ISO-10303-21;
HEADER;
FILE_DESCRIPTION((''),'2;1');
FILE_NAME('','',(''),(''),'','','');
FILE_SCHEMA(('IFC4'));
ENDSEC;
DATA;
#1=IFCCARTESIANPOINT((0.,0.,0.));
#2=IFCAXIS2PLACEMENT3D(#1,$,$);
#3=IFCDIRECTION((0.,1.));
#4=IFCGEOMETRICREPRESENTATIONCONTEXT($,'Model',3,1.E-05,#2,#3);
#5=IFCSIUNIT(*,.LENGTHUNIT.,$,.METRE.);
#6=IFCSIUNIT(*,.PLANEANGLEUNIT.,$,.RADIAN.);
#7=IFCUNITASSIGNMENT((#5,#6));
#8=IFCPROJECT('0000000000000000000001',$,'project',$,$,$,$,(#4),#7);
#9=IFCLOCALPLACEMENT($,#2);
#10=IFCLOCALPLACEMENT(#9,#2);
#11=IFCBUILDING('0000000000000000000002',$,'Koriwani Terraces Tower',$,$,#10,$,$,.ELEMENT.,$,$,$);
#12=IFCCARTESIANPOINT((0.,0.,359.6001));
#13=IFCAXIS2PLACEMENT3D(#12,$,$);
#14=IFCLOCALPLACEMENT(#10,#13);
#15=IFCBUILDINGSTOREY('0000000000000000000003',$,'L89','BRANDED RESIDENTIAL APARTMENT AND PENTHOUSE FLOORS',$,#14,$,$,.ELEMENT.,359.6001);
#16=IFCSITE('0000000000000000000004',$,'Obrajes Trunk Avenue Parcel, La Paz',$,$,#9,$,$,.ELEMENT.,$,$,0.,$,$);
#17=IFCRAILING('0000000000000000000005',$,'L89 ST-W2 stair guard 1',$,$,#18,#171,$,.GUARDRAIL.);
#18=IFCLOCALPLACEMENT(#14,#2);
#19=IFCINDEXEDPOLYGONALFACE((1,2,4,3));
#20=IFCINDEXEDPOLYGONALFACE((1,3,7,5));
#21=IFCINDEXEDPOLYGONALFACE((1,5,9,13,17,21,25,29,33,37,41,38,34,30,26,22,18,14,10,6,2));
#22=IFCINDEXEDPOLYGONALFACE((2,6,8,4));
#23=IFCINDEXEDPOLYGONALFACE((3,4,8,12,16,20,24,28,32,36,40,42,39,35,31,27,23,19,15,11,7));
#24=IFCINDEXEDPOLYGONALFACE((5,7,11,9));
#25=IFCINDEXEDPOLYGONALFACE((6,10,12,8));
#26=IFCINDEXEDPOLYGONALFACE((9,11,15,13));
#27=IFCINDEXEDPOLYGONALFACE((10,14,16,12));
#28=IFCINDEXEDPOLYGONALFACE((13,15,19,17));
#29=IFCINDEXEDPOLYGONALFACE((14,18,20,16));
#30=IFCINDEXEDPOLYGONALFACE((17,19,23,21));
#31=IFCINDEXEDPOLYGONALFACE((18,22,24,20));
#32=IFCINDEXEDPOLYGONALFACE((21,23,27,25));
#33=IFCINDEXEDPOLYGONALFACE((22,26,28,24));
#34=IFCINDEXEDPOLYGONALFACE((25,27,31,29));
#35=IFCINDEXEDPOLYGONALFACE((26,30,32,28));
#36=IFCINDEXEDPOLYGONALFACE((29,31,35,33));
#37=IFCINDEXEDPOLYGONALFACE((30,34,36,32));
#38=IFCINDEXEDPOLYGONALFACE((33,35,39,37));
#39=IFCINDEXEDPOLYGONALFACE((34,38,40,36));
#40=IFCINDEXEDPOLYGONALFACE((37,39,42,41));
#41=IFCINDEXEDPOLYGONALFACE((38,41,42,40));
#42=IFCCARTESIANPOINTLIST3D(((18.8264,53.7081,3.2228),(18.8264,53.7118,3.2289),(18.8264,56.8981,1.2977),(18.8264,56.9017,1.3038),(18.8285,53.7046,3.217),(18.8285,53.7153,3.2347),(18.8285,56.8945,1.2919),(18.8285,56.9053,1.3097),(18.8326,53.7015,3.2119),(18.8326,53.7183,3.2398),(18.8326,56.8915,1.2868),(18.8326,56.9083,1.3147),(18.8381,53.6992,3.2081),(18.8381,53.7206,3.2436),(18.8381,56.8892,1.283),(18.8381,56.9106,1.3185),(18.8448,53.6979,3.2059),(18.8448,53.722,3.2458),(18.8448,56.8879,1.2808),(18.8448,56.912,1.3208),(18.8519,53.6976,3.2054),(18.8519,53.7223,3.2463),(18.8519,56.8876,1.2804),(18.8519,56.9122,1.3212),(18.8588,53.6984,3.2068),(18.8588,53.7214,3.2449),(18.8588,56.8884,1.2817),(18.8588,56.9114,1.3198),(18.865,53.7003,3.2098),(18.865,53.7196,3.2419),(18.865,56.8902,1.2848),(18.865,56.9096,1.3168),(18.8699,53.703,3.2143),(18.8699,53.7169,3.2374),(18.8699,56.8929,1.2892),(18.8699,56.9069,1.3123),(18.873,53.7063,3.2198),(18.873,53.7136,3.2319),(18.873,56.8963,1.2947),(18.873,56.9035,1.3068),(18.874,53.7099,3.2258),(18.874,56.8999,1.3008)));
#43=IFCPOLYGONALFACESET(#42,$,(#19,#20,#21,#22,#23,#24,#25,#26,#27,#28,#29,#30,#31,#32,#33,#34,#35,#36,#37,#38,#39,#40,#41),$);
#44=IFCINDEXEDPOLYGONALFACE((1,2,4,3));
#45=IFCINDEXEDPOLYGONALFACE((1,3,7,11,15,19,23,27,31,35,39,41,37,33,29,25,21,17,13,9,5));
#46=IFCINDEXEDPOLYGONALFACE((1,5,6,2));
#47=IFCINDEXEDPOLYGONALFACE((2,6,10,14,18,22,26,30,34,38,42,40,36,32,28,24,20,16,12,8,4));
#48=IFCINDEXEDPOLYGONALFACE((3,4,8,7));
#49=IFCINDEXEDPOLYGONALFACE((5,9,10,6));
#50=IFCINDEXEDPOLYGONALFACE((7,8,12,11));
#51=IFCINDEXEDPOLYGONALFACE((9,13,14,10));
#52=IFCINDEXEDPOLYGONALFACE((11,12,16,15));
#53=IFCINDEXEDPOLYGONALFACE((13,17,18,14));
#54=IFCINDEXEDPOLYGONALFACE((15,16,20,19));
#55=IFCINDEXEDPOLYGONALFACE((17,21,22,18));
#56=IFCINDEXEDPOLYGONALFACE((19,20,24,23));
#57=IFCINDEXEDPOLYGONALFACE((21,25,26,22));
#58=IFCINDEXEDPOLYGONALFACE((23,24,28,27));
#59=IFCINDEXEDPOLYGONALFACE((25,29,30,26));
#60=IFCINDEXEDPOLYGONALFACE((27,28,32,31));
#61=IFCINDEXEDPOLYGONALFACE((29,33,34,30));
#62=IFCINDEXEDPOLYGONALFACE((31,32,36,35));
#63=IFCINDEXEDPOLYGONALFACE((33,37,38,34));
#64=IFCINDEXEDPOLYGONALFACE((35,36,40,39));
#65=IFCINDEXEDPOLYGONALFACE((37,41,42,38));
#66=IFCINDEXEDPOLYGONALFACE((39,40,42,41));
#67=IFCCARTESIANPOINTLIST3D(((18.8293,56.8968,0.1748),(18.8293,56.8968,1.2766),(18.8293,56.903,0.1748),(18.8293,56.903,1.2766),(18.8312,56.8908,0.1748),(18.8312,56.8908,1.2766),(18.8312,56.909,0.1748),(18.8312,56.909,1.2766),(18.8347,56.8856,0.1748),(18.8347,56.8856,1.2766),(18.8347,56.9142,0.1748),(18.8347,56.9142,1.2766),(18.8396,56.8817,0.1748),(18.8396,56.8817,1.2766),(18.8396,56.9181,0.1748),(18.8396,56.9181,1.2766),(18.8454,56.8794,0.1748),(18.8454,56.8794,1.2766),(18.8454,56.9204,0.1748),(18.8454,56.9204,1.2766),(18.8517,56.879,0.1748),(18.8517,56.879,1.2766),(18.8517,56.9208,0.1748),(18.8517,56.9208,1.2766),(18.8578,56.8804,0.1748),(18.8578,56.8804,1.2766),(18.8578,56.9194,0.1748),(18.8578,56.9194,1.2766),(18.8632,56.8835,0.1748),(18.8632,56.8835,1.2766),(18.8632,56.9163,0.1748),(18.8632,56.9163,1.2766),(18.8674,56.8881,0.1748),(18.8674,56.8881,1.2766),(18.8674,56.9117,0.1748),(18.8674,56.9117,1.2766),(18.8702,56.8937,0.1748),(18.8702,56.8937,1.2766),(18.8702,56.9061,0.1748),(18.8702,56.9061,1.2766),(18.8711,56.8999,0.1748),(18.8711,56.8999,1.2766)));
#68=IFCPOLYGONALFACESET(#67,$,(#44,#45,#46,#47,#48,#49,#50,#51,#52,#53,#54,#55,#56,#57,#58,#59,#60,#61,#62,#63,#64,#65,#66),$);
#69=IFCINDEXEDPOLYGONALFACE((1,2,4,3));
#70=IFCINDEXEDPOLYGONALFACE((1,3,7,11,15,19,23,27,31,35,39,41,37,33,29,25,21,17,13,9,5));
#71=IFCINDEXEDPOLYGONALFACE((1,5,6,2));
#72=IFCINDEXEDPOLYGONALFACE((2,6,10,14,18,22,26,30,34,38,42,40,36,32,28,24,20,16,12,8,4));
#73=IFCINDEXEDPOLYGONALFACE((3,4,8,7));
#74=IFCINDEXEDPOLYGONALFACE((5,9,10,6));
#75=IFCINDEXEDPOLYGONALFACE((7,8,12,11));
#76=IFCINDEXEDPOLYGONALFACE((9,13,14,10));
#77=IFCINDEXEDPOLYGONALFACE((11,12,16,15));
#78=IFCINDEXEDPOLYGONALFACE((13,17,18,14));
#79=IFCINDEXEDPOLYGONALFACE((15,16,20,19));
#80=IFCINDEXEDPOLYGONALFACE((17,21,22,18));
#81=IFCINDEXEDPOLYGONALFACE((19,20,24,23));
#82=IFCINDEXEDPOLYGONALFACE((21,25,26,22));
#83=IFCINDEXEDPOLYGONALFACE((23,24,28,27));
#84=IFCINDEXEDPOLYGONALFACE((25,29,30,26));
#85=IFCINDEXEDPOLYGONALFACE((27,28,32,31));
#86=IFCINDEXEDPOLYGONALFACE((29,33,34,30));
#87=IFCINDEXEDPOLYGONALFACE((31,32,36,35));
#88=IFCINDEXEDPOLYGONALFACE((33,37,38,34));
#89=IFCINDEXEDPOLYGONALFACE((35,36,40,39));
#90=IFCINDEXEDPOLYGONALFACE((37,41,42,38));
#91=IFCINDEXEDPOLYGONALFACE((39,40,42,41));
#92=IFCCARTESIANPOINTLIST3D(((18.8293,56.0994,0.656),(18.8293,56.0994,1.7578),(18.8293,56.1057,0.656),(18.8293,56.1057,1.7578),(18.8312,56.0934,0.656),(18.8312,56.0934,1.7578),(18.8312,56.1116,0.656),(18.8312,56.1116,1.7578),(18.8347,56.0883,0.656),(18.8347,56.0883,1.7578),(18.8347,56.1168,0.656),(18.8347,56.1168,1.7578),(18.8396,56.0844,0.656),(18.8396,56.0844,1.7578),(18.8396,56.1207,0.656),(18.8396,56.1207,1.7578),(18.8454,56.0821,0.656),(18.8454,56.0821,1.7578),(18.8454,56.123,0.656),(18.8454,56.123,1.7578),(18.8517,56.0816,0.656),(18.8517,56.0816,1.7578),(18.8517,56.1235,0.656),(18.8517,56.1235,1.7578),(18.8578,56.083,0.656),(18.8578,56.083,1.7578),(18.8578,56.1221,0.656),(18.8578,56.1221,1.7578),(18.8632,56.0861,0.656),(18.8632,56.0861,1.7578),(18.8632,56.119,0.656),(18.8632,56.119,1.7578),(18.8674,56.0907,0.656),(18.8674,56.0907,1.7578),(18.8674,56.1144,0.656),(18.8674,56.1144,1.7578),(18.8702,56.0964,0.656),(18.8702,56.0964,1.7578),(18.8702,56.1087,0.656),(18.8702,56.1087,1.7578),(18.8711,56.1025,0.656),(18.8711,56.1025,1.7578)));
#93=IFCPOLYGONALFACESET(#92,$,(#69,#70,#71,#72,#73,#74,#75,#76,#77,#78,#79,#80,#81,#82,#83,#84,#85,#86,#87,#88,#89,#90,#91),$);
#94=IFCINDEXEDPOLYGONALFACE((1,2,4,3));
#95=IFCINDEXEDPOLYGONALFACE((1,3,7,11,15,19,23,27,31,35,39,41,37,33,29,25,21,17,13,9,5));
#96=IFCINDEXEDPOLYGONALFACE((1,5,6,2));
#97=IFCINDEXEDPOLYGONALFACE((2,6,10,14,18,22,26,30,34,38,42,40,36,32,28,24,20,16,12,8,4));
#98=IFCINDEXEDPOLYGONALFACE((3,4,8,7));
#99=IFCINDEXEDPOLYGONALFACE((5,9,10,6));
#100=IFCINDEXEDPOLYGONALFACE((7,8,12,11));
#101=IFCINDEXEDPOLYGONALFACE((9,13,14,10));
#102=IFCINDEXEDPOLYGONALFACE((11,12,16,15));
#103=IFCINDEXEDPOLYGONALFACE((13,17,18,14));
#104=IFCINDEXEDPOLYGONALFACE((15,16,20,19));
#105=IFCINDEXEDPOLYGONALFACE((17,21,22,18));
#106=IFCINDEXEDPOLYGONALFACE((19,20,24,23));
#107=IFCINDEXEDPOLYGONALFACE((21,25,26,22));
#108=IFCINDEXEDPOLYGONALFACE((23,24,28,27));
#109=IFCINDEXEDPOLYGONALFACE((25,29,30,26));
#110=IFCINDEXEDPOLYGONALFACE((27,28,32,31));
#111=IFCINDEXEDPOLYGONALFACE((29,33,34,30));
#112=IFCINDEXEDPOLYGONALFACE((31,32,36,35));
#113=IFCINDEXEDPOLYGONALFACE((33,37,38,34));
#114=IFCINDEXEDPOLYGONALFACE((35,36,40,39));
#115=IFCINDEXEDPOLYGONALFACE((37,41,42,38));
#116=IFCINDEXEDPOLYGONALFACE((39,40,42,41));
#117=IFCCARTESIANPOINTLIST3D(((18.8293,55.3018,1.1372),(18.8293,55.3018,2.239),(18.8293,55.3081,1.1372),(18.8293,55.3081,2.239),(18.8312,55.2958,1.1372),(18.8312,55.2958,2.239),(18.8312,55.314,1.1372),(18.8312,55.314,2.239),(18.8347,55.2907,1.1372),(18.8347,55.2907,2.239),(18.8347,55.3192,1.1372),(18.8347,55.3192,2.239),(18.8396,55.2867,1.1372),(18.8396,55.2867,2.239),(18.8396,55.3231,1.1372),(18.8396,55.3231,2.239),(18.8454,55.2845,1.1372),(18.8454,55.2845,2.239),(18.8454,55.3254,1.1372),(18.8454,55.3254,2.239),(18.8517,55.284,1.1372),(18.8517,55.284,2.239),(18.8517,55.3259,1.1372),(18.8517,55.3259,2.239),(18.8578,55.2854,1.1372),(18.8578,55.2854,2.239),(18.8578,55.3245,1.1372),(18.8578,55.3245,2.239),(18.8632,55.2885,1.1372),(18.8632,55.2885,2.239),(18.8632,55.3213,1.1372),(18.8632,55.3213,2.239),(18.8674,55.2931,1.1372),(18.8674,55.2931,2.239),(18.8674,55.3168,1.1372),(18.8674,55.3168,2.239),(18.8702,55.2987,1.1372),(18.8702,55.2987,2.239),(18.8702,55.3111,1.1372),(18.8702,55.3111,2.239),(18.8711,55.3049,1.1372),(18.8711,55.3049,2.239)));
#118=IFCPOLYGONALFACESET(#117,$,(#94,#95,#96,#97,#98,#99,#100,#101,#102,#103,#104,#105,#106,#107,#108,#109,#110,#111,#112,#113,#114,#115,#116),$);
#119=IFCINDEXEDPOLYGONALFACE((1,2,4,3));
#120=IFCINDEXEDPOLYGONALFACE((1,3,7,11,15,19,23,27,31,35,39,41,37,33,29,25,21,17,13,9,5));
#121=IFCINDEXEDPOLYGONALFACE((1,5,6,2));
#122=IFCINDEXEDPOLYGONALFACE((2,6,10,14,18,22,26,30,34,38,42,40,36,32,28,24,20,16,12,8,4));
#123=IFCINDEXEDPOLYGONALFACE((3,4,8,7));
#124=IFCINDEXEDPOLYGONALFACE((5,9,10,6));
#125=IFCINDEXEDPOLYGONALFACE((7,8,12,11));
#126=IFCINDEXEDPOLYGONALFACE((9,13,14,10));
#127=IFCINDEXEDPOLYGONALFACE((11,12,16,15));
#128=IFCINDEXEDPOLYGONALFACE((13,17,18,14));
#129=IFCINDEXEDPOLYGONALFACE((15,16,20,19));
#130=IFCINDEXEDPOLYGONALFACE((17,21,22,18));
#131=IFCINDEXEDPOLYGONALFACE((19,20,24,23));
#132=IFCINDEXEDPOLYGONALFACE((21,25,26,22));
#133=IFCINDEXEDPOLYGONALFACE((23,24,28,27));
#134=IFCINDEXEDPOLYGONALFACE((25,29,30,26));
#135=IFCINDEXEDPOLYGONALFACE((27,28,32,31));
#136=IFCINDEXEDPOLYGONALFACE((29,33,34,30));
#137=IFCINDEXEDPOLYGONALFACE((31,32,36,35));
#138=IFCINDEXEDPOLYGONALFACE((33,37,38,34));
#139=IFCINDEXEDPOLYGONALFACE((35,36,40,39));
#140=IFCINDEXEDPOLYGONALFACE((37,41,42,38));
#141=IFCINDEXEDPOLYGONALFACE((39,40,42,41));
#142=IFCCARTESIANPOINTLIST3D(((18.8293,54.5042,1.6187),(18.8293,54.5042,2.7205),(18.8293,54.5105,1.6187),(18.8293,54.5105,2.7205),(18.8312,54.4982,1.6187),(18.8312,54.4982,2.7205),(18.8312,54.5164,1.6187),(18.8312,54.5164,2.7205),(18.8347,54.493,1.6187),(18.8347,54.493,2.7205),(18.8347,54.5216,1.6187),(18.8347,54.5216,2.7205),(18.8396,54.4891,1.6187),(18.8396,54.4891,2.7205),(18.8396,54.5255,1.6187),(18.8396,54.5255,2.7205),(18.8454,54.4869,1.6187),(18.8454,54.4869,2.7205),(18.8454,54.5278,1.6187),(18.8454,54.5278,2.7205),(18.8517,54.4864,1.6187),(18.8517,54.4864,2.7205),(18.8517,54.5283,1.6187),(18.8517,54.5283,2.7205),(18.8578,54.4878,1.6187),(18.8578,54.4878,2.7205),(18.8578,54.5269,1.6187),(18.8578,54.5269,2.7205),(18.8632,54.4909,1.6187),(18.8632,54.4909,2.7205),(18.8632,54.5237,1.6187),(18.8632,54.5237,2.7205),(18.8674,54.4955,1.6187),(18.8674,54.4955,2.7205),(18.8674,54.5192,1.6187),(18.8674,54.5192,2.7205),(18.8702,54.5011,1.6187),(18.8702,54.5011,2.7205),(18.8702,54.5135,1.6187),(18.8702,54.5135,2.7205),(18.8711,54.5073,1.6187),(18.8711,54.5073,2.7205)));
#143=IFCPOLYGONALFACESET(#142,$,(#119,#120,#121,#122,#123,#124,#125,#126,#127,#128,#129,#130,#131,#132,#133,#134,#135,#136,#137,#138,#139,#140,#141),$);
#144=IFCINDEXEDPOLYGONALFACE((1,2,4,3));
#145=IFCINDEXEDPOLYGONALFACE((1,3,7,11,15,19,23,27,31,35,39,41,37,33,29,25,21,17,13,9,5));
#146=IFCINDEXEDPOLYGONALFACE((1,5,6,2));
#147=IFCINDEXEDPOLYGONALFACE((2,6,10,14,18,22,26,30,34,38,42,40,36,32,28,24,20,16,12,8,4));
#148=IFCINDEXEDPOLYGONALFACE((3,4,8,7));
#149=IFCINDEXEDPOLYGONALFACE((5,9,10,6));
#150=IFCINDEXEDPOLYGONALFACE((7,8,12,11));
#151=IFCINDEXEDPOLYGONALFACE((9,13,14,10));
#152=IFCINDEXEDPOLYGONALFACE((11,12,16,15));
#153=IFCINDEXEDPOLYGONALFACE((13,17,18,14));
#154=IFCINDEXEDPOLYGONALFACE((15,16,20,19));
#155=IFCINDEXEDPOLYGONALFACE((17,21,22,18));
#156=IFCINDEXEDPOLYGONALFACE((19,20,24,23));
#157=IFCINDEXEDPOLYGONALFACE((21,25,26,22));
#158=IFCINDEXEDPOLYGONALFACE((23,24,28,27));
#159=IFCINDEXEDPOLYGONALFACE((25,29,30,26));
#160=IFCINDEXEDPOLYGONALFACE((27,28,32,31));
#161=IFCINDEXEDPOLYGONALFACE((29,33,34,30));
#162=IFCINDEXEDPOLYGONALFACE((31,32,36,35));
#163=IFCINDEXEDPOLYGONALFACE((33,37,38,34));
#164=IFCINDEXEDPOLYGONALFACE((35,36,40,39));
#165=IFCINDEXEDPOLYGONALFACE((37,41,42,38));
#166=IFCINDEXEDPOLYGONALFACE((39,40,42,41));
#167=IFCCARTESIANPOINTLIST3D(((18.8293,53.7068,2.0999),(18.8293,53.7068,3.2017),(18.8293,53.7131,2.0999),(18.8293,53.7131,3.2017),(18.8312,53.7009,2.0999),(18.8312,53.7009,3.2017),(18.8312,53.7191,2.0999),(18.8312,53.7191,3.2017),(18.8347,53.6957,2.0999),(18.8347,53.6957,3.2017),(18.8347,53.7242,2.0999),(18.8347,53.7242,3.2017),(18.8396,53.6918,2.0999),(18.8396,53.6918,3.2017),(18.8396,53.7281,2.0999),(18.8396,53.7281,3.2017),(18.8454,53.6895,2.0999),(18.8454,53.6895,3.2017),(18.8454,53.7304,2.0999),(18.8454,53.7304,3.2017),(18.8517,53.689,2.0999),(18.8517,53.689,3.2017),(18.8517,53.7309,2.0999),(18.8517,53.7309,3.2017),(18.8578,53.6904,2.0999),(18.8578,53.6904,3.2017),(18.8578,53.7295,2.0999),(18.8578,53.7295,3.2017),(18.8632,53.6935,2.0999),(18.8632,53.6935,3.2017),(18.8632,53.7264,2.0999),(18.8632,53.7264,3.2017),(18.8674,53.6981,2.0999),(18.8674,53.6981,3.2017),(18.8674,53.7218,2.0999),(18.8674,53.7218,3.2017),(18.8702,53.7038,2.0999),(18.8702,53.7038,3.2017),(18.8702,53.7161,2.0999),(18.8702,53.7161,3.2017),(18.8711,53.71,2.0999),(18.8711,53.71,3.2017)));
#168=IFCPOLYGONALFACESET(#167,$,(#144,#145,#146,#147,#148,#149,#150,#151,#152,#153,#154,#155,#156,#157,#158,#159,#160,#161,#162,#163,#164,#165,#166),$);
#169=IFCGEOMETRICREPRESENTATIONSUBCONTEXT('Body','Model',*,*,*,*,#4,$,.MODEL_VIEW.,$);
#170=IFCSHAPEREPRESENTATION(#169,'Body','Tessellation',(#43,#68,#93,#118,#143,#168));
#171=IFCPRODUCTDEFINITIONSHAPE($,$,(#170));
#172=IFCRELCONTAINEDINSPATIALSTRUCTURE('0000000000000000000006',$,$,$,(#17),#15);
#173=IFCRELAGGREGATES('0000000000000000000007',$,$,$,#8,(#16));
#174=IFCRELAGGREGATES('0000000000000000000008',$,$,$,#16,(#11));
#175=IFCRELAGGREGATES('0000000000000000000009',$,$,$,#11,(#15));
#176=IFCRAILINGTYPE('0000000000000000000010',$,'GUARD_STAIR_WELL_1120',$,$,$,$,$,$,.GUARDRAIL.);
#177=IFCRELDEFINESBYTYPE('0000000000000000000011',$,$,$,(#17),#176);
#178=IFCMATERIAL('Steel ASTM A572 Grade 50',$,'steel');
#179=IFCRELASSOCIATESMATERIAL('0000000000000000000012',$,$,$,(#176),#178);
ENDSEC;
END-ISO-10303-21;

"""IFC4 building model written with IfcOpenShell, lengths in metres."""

from ifc_helpers import new_model, si_unit, direction, frame, origin, origin_2d, place, context, subcontext, project, spatial, circle, extrude, material, type_object, element, save


model = new_model("IFC4")

# Units and contexts
model_context = context("Model", 3, precision=1e-05, world=origin(), true_north=direction((0.0, 1.0)))
body_context = subcontext(model_context, "Body", "Model", "MODEL_VIEW")
ifc_project = project(units=[si_unit("LENGTHUNIT", "METRE"), si_unit("PLANEANGLEUNIT", "RADIAN")], contexts=[model_context])

# Site, building, storey
site_placement = place(None, origin())
site = spatial("IfcSite", under=ifc_project, at=site_placement, Name="Obrajes Trunk Avenue Parcel, La Paz", CompositionType="ELEMENT", RefElevation=0.0)
building_placement = place(site_placement, origin())
building = spatial("IfcBuilding", under=site, at=building_placement, Name="Koriwani Terraces Tower", CompositionType="ELEMENT")
storey_placement = place(building_placement, frame((0.0, 0.0, 359.6001)))
storey = spatial("IfcBuildingStorey", under=building, at=storey_placement, Name="L89", Description="BRANDED RESIDENTIAL APARTMENT AND PENTHOUSE FLOORS", CompositionType="ELEMENT", Elevation=359.6001)

# Shared definitions
ifc_material_1 = material(Name="Steel ASTM A572 Grade 50", Category="steel")

# Railing
railing_type_1 = type_object("IfcRailingType", Name="GUARD_STAIR_WELL_1120", PredefinedType="GUARDRAIL", material=ifc_material_1)
railing_1_placement = place(storey_placement, frame((18.8501, 56.8999, 0.1748)))
element("IfcRailing", 1, at=railing_1_placement, inside=storey, type_object=railing_type_1, Name="L89 ST-W2 stair guard 1", PredefinedType="GUARDRAIL", context=body_context, shape_type="SweptSolid", body=[
    extrude(circle(Radius=0.0239, at=origin_2d()), frame((0.0, 0.0, 1.126), z_axis=(0.0, -0.856178, 0.516682), x_axis=(1.0, 0.0, 0.0)), (0.0, 0.0, 1.0), 3.7258),
    extrude(circle(Radius=0.021, at=origin_2d()), origin(), (0.0, 0.0, 1.0), 1.1018),
    extrude(circle(Radius=0.021, at=origin_2d()), frame((0.0, -0.7974, 0.4812)), (0.0, 0.0, 1.0), 1.1018),
    extrude(circle(Radius=0.021, at=origin_2d()), frame((0.0, -1.595, 0.9624)), (0.0, 0.0, 1.0), 1.1018),
    extrude(circle(Radius=0.021, at=origin_2d()), frame((0.0, -2.3926, 1.4438)), (0.0, 0.0, 1.0), 1.1018),
    extrude(circle(Radius=0.021, at=origin_2d()), frame((0.0, -3.1899, 1.925)), (0.0, 0.0, 1.0), 1.1018),
])

save(model, "model.ifc")
